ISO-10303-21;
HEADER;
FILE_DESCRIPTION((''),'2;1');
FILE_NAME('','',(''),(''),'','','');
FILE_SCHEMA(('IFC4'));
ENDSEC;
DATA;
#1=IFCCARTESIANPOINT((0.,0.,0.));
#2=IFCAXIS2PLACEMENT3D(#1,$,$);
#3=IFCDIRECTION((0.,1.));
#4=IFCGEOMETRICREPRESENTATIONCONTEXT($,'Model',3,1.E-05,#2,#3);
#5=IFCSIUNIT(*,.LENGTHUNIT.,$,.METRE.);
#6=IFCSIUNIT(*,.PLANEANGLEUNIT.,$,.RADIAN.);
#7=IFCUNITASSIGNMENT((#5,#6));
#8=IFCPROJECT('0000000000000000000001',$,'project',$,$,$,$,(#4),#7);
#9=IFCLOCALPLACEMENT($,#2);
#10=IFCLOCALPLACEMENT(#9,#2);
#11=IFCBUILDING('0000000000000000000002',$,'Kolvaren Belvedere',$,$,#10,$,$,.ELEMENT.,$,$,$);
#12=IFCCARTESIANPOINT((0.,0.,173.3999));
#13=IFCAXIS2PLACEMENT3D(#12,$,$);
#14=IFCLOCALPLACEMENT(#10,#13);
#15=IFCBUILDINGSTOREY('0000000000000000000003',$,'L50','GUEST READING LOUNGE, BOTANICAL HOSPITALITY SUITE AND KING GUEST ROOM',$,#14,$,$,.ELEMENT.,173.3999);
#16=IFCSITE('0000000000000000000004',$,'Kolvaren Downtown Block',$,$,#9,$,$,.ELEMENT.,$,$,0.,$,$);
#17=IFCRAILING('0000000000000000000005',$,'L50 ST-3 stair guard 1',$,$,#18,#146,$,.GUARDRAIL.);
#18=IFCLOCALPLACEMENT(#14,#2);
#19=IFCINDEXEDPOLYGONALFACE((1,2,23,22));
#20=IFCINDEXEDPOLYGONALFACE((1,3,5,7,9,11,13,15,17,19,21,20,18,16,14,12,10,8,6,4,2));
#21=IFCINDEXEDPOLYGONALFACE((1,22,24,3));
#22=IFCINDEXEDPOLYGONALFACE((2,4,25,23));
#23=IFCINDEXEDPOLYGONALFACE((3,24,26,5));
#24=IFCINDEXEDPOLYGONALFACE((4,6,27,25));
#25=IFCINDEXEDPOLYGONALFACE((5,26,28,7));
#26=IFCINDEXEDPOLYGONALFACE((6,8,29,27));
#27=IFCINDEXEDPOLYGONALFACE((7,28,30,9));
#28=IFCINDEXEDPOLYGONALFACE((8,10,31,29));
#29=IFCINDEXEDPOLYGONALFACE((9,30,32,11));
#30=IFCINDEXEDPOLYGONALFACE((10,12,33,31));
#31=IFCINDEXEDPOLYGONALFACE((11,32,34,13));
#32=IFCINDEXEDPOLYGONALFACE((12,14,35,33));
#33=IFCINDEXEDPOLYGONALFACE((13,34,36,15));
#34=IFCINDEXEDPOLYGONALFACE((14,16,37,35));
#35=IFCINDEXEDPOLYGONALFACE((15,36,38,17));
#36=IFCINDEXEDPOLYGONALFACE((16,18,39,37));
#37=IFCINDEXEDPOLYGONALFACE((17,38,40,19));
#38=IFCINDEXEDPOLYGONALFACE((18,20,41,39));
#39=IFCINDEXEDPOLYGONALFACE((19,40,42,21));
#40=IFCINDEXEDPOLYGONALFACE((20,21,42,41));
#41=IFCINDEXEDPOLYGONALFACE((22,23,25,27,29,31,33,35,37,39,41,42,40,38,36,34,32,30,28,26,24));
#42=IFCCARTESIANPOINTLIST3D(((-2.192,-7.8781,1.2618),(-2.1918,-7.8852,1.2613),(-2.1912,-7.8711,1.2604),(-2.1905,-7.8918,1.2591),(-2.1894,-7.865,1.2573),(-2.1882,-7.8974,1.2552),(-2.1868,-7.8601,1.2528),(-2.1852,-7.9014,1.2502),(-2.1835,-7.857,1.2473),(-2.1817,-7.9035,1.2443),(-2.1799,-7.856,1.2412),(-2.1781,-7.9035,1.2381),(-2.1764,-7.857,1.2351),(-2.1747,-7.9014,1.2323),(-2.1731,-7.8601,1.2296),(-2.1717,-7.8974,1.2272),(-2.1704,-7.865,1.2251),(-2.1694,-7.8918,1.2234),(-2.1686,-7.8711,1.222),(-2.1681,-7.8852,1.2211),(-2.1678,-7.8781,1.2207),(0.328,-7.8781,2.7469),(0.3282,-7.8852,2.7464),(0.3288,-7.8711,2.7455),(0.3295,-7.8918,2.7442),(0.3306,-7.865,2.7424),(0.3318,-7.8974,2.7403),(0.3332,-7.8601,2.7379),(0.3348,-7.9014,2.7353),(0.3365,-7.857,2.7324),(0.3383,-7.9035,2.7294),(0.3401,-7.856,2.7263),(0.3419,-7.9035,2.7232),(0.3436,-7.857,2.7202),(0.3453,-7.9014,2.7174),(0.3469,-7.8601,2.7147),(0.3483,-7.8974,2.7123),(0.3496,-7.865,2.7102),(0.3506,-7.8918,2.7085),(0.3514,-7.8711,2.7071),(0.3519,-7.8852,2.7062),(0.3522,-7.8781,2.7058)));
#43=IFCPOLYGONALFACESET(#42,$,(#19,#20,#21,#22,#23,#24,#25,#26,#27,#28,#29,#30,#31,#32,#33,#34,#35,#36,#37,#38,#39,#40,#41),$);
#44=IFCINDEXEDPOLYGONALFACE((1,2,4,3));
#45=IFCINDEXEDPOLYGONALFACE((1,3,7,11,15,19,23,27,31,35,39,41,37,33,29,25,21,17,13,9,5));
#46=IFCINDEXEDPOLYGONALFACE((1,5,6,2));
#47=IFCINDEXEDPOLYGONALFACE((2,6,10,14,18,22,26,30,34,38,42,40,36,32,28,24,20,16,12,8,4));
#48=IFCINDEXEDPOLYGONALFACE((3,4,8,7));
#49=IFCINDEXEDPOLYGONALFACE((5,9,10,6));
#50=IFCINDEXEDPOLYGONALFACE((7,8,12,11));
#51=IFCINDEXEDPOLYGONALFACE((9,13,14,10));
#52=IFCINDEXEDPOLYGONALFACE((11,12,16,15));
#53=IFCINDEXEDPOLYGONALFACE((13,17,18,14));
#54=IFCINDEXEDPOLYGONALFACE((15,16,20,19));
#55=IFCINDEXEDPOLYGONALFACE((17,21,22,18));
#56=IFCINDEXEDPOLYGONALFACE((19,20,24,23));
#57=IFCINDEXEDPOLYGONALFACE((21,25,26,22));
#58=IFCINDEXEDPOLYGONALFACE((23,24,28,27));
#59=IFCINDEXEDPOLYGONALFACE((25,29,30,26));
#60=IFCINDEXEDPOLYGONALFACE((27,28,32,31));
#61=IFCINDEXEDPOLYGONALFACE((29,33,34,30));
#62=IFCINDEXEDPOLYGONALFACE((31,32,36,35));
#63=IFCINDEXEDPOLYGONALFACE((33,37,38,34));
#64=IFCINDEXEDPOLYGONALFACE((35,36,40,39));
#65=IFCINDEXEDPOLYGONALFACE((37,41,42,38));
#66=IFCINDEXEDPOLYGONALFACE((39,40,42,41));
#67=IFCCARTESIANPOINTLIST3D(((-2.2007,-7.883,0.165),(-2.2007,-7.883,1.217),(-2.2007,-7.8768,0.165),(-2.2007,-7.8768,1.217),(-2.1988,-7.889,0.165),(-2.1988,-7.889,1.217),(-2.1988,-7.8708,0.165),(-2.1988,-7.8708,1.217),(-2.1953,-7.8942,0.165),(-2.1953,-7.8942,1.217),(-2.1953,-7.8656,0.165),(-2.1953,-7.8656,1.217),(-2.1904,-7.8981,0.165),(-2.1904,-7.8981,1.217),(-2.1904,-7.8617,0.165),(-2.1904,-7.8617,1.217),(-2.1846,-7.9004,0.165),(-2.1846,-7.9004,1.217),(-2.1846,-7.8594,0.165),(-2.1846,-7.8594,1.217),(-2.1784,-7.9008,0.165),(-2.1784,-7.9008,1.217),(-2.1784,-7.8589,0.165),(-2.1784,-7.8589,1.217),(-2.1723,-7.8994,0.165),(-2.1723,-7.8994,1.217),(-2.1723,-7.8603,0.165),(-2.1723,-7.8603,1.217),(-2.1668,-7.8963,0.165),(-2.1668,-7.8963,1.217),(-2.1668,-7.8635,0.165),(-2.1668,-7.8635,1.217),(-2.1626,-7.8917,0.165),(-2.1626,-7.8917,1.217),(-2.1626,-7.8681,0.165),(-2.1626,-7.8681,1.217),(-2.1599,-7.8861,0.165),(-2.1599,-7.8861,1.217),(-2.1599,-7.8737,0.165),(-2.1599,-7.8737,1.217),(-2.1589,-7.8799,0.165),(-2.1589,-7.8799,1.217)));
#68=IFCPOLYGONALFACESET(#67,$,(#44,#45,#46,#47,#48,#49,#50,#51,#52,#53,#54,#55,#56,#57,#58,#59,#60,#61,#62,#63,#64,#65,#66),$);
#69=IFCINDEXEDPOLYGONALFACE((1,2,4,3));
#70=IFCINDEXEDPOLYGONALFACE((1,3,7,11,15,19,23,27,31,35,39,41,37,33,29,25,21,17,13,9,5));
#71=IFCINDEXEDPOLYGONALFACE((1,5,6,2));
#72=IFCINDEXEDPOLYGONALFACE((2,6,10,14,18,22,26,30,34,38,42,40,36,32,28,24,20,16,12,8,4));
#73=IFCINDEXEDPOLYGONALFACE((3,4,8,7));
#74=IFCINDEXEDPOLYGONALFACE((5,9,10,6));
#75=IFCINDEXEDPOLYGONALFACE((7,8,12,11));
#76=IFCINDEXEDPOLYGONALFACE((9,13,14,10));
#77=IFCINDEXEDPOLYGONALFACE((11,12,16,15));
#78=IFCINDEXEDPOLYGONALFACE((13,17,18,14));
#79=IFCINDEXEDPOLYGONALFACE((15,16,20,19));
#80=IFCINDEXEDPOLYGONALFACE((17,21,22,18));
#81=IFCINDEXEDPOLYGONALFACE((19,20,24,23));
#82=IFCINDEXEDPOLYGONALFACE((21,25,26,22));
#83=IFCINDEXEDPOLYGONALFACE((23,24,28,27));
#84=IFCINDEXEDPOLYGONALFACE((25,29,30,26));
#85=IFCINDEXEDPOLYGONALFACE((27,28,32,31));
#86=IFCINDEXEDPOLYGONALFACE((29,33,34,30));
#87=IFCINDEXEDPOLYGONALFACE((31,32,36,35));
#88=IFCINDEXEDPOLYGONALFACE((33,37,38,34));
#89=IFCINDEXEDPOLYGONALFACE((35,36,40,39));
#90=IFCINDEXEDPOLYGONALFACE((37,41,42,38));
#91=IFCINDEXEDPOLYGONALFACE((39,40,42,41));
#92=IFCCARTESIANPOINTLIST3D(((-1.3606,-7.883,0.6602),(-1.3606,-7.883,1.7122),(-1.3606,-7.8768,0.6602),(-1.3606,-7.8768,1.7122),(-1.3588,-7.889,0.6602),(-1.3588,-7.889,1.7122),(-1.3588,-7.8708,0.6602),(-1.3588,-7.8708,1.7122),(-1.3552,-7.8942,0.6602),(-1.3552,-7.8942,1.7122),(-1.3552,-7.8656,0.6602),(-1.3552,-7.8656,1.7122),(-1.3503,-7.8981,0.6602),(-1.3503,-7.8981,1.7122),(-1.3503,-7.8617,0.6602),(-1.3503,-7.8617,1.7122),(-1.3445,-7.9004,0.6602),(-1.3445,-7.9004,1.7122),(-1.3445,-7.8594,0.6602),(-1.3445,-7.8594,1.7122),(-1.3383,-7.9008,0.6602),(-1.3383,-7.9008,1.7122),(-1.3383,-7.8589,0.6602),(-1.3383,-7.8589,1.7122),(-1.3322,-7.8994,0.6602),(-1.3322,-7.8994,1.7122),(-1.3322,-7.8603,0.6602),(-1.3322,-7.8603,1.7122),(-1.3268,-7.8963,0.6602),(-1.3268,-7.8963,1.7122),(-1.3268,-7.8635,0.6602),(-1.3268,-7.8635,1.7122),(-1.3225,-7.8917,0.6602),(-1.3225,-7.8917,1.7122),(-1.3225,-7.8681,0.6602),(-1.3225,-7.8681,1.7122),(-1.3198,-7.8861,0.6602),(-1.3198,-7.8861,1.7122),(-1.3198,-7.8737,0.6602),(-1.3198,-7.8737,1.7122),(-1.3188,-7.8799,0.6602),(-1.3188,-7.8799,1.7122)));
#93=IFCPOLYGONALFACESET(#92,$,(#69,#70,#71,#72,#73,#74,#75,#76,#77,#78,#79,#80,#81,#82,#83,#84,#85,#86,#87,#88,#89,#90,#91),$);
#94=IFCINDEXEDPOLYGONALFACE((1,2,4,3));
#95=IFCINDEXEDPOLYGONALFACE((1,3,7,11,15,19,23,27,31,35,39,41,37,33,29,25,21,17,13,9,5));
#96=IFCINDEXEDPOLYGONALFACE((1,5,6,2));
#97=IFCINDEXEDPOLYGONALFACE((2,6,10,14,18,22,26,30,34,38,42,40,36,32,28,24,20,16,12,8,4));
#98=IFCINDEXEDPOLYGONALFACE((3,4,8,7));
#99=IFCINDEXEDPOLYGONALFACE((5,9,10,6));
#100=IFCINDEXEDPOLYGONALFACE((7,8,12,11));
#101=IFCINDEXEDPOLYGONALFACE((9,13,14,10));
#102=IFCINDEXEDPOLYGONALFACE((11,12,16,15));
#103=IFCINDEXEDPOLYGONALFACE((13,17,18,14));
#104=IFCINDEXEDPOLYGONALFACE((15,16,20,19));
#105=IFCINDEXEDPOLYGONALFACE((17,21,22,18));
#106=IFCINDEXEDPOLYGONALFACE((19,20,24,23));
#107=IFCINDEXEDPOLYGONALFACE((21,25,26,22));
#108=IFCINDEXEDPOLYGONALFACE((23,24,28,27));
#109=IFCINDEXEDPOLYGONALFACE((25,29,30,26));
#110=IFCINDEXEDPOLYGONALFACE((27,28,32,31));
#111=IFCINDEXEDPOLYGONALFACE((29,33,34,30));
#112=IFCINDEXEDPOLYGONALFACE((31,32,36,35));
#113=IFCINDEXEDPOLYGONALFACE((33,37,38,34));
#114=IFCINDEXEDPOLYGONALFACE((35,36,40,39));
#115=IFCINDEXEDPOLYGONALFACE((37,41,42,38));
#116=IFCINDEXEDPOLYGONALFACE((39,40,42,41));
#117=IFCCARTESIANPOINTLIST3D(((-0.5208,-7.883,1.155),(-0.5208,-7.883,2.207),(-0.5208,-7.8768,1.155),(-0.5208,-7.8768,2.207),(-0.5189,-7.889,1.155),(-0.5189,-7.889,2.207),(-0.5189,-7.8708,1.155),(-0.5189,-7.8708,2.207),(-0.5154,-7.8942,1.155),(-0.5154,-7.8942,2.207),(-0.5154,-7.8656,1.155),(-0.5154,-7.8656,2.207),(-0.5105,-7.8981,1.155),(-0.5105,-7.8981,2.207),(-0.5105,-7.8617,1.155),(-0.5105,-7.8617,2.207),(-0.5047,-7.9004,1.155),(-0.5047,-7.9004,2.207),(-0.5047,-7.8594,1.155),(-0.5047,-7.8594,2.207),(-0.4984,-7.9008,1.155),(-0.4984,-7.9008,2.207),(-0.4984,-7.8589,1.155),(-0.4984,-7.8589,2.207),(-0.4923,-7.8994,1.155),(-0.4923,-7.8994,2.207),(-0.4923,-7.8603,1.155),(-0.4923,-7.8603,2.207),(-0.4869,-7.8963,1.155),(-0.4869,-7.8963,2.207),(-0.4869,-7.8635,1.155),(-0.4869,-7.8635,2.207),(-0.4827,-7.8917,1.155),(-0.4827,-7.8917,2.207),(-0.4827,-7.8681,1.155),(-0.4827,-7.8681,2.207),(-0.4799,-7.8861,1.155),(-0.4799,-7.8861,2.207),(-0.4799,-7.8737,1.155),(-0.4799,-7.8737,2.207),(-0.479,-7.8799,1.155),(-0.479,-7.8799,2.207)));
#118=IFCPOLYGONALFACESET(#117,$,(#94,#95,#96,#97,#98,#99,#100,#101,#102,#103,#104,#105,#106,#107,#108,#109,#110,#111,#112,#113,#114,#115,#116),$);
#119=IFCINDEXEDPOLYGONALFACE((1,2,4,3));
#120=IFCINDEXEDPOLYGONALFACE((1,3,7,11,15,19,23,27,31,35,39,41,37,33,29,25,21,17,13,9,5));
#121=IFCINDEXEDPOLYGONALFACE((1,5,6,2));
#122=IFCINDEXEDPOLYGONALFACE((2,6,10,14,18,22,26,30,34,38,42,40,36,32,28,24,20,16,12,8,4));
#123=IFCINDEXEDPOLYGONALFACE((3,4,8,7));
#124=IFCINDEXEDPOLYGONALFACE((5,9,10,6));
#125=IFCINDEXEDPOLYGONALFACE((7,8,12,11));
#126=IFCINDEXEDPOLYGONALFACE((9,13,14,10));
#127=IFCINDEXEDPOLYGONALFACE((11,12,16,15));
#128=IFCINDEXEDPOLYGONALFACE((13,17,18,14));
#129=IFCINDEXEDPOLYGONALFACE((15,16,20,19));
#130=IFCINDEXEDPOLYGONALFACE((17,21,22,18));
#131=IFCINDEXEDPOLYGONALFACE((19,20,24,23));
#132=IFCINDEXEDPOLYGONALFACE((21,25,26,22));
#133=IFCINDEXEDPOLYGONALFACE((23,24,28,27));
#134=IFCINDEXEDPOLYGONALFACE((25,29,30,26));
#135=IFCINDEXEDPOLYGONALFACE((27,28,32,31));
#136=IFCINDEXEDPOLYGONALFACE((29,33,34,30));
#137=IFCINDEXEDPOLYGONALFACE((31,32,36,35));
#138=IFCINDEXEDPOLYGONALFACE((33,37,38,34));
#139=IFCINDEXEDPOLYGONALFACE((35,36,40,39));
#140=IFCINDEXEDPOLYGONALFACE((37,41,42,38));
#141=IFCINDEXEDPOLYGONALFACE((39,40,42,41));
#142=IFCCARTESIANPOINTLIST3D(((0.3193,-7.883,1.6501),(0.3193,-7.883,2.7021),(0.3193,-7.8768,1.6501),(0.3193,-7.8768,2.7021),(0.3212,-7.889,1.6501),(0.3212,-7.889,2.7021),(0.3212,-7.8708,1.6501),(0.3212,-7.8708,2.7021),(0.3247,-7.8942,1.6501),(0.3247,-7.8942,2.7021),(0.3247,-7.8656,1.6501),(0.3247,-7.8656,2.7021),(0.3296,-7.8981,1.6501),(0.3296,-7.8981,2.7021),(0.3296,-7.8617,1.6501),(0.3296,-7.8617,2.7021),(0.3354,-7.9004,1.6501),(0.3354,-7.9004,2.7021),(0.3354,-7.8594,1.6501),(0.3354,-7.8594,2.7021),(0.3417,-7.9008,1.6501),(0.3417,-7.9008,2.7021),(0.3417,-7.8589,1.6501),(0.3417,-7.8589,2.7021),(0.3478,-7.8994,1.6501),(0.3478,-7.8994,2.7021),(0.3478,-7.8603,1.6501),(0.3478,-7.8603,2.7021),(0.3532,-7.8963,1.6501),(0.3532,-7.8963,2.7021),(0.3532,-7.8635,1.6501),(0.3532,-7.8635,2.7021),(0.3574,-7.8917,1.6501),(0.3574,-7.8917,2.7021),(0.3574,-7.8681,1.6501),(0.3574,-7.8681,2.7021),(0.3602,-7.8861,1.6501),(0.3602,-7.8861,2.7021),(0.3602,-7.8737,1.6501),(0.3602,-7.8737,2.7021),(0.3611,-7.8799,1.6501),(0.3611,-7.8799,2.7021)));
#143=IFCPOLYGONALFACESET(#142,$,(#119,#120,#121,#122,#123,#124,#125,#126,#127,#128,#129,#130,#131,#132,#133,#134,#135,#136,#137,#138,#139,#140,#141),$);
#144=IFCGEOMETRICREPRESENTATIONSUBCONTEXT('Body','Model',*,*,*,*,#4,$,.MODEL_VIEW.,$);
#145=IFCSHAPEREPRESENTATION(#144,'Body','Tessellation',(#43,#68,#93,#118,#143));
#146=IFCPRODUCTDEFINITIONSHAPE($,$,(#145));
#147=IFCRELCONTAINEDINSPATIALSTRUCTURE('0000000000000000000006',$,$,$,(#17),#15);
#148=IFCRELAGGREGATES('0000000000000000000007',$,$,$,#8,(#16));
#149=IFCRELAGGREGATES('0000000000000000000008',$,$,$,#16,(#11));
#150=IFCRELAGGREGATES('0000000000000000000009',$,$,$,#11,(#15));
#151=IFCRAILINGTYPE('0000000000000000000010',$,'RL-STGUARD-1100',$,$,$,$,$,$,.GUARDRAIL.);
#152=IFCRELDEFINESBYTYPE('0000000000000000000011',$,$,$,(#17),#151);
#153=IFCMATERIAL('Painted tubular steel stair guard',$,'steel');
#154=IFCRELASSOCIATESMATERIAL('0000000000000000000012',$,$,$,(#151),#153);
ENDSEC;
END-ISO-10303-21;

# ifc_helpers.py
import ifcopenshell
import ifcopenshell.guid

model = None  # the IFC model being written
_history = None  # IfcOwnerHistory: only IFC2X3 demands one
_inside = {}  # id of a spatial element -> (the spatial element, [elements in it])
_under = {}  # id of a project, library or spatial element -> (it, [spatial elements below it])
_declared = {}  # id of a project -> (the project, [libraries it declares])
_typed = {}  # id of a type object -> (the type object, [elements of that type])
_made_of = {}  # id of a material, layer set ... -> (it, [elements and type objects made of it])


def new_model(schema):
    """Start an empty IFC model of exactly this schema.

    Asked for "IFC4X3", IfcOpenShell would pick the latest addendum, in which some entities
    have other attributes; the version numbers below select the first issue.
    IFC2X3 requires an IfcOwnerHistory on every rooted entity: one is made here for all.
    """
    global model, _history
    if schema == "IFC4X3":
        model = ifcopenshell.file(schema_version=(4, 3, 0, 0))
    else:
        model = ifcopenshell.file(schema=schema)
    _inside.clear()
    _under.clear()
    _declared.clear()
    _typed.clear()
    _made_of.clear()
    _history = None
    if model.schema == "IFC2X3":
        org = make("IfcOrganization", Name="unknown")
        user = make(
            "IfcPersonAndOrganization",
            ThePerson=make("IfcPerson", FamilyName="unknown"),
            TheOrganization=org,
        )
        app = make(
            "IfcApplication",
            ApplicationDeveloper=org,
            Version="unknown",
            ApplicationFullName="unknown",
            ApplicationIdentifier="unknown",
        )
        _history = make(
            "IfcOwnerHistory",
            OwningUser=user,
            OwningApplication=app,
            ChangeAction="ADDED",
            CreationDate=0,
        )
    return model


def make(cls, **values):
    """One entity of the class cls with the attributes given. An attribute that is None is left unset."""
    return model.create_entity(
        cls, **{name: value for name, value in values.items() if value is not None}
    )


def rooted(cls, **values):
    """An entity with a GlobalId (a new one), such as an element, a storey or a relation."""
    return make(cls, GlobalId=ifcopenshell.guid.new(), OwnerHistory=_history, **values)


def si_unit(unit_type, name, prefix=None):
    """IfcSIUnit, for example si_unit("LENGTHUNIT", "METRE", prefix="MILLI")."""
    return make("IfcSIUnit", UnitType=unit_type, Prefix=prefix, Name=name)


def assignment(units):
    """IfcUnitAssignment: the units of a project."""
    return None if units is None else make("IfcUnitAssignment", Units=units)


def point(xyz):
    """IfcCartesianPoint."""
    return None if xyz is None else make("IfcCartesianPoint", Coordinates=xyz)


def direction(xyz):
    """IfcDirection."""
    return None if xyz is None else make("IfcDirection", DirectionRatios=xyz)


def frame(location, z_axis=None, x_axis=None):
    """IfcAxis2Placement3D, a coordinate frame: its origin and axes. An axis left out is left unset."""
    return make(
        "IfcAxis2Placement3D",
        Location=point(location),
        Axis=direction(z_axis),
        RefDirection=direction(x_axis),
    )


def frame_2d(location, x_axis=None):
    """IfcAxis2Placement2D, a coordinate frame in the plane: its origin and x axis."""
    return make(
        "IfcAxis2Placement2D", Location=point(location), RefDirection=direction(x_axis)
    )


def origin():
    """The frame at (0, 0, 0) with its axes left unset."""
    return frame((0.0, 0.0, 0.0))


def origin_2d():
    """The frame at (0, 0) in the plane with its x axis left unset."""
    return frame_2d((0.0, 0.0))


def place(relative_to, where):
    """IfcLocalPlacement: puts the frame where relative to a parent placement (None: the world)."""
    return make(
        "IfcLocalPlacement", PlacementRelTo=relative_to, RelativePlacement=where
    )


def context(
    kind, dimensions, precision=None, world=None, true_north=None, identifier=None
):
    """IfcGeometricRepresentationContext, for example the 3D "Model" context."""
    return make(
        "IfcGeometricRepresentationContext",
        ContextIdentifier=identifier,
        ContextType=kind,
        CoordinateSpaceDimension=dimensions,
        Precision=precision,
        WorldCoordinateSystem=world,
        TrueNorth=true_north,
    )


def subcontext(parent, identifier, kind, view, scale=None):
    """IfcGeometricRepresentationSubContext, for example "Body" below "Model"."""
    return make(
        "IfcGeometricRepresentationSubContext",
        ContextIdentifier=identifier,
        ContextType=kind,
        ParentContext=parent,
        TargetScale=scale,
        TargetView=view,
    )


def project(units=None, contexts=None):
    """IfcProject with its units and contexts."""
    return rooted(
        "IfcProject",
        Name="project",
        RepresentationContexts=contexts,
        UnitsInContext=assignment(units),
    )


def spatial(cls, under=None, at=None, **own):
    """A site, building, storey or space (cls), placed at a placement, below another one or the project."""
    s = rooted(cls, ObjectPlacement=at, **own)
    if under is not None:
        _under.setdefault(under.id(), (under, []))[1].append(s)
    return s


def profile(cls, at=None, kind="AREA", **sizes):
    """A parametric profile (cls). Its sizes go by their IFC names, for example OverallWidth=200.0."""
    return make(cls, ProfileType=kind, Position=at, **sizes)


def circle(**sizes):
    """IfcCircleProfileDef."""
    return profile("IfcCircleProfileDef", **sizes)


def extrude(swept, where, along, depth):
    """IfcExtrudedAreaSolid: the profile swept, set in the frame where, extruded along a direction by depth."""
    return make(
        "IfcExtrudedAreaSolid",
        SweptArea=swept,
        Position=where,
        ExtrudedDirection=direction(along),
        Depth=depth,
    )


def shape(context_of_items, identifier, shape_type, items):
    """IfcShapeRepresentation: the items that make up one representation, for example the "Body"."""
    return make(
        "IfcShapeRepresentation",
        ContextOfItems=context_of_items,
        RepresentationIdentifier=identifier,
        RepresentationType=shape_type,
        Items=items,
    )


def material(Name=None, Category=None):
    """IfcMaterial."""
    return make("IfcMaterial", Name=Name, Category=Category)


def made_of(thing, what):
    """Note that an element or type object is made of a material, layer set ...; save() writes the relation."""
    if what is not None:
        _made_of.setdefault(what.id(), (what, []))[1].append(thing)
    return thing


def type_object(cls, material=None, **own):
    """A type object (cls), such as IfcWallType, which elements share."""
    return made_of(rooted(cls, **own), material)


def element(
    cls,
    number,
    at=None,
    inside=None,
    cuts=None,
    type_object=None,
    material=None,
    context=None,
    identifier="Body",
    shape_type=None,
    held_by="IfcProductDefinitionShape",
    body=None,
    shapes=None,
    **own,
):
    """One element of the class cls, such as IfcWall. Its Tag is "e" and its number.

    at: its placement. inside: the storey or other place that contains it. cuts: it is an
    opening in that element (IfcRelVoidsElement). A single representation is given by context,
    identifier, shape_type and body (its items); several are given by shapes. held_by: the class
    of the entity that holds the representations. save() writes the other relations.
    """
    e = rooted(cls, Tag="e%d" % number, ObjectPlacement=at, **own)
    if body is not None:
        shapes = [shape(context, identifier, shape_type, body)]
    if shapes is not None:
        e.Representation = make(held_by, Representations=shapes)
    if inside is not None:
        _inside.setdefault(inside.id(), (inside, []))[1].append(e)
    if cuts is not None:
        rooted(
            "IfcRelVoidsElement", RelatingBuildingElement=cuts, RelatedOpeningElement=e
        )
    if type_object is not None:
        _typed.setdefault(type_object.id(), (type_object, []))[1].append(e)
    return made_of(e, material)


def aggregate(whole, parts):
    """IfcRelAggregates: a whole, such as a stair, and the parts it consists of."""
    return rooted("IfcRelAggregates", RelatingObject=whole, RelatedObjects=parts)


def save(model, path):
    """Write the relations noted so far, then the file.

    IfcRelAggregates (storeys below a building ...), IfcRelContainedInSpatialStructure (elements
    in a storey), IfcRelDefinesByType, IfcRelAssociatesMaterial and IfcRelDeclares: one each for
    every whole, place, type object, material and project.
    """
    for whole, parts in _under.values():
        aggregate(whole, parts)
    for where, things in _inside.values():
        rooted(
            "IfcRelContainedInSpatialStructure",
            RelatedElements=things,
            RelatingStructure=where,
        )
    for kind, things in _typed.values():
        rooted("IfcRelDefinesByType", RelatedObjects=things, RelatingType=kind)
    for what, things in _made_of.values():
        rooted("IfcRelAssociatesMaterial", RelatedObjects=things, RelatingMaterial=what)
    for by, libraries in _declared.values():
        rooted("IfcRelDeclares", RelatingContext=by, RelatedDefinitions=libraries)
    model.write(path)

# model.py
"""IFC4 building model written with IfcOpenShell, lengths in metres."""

from ifc_helpers import new_model, si_unit, direction, frame, origin, origin_2d, place, context, subcontext, project, spatial, circle, extrude, material, type_object, element, save


model = new_model("IFC4")

# Units and contexts
model_context = context("Model", 3, precision=1e-05, world=origin(), true_north=direction((0.0, 1.0)))
body_context = subcontext(model_context, "Body", "Model", "MODEL_VIEW")
ifc_project = project(units=[si_unit("LENGTHUNIT", "METRE"), si_unit("PLANEANGLEUNIT", "RADIAN")], contexts=[model_context])

# Site, building, storey
site_placement = place(None, origin())
site = spatial("IfcSite", under=ifc_project, at=site_placement, Name="Kolvaren Downtown Block", CompositionType="ELEMENT", RefElevation=0.0)
building_placement = place(site_placement, origin())
building = spatial("IfcBuilding", under=site, at=building_placement, Name="Kolvaren Belvedere", CompositionType="ELEMENT")
storey_placement = place(building_placement, frame((0.0, 0.0, 173.3999)))
storey = spatial("IfcBuildingStorey", under=building, at=storey_placement, Name="L50", Description="GUEST READING LOUNGE, BOTANICAL HOSPITALITY SUITE AND KING GUEST ROOM", CompositionType="ELEMENT", Elevation=173.3999)

# Railing
ifc_material_1 = material(Name="Painted tubular steel stair guard", Category="steel")
railing_type_1 = type_object("IfcRailingType", Name="RL-STGUARD-1100", PredefinedType="GUARDRAIL", material=ifc_material_1)
railing_1_placement = place(storey_placement, frame((-2.1799, -7.8799, 0.165)))
element("IfcRailing", 1, at=railing_1_placement, inside=storey, type_object=railing_type_1, Name="L50 ST-3 stair guard 1", PredefinedType="GUARDRAIL", context=body_context, shape_type="SweptSolid", body=[
    extrude(circle(Radius=0.0239, at=origin_2d()), frame((0.0, 0.0, 1.0762), z_axis=(0.861524, 0.0, 0.507717), x_axis=(0.0, 1.0, 0.0)), (0.0, 0.0, 1.0), 2.925),
    extrude(circle(Radius=0.021, at=origin_2d()), origin(), (0.0, 0.0, 1.0), 1.052),
    extrude(circle(Radius=0.021, at=origin_2d()), frame((0.8401, 0.0, 0.4951)), (0.0, 0.0, 1.0), 1.052),
    extrude(circle(Radius=0.021, at=origin_2d()), frame((1.6799, 0.0, 0.99)), (0.0, 0.0, 1.0), 1.052),
    extrude(circle(Radius=0.021, at=origin_2d()), frame((2.52, 0.0, 1.4851)), (0.0, 0.0, 1.0), 1.052),
])

save(model, "model.ifc")
